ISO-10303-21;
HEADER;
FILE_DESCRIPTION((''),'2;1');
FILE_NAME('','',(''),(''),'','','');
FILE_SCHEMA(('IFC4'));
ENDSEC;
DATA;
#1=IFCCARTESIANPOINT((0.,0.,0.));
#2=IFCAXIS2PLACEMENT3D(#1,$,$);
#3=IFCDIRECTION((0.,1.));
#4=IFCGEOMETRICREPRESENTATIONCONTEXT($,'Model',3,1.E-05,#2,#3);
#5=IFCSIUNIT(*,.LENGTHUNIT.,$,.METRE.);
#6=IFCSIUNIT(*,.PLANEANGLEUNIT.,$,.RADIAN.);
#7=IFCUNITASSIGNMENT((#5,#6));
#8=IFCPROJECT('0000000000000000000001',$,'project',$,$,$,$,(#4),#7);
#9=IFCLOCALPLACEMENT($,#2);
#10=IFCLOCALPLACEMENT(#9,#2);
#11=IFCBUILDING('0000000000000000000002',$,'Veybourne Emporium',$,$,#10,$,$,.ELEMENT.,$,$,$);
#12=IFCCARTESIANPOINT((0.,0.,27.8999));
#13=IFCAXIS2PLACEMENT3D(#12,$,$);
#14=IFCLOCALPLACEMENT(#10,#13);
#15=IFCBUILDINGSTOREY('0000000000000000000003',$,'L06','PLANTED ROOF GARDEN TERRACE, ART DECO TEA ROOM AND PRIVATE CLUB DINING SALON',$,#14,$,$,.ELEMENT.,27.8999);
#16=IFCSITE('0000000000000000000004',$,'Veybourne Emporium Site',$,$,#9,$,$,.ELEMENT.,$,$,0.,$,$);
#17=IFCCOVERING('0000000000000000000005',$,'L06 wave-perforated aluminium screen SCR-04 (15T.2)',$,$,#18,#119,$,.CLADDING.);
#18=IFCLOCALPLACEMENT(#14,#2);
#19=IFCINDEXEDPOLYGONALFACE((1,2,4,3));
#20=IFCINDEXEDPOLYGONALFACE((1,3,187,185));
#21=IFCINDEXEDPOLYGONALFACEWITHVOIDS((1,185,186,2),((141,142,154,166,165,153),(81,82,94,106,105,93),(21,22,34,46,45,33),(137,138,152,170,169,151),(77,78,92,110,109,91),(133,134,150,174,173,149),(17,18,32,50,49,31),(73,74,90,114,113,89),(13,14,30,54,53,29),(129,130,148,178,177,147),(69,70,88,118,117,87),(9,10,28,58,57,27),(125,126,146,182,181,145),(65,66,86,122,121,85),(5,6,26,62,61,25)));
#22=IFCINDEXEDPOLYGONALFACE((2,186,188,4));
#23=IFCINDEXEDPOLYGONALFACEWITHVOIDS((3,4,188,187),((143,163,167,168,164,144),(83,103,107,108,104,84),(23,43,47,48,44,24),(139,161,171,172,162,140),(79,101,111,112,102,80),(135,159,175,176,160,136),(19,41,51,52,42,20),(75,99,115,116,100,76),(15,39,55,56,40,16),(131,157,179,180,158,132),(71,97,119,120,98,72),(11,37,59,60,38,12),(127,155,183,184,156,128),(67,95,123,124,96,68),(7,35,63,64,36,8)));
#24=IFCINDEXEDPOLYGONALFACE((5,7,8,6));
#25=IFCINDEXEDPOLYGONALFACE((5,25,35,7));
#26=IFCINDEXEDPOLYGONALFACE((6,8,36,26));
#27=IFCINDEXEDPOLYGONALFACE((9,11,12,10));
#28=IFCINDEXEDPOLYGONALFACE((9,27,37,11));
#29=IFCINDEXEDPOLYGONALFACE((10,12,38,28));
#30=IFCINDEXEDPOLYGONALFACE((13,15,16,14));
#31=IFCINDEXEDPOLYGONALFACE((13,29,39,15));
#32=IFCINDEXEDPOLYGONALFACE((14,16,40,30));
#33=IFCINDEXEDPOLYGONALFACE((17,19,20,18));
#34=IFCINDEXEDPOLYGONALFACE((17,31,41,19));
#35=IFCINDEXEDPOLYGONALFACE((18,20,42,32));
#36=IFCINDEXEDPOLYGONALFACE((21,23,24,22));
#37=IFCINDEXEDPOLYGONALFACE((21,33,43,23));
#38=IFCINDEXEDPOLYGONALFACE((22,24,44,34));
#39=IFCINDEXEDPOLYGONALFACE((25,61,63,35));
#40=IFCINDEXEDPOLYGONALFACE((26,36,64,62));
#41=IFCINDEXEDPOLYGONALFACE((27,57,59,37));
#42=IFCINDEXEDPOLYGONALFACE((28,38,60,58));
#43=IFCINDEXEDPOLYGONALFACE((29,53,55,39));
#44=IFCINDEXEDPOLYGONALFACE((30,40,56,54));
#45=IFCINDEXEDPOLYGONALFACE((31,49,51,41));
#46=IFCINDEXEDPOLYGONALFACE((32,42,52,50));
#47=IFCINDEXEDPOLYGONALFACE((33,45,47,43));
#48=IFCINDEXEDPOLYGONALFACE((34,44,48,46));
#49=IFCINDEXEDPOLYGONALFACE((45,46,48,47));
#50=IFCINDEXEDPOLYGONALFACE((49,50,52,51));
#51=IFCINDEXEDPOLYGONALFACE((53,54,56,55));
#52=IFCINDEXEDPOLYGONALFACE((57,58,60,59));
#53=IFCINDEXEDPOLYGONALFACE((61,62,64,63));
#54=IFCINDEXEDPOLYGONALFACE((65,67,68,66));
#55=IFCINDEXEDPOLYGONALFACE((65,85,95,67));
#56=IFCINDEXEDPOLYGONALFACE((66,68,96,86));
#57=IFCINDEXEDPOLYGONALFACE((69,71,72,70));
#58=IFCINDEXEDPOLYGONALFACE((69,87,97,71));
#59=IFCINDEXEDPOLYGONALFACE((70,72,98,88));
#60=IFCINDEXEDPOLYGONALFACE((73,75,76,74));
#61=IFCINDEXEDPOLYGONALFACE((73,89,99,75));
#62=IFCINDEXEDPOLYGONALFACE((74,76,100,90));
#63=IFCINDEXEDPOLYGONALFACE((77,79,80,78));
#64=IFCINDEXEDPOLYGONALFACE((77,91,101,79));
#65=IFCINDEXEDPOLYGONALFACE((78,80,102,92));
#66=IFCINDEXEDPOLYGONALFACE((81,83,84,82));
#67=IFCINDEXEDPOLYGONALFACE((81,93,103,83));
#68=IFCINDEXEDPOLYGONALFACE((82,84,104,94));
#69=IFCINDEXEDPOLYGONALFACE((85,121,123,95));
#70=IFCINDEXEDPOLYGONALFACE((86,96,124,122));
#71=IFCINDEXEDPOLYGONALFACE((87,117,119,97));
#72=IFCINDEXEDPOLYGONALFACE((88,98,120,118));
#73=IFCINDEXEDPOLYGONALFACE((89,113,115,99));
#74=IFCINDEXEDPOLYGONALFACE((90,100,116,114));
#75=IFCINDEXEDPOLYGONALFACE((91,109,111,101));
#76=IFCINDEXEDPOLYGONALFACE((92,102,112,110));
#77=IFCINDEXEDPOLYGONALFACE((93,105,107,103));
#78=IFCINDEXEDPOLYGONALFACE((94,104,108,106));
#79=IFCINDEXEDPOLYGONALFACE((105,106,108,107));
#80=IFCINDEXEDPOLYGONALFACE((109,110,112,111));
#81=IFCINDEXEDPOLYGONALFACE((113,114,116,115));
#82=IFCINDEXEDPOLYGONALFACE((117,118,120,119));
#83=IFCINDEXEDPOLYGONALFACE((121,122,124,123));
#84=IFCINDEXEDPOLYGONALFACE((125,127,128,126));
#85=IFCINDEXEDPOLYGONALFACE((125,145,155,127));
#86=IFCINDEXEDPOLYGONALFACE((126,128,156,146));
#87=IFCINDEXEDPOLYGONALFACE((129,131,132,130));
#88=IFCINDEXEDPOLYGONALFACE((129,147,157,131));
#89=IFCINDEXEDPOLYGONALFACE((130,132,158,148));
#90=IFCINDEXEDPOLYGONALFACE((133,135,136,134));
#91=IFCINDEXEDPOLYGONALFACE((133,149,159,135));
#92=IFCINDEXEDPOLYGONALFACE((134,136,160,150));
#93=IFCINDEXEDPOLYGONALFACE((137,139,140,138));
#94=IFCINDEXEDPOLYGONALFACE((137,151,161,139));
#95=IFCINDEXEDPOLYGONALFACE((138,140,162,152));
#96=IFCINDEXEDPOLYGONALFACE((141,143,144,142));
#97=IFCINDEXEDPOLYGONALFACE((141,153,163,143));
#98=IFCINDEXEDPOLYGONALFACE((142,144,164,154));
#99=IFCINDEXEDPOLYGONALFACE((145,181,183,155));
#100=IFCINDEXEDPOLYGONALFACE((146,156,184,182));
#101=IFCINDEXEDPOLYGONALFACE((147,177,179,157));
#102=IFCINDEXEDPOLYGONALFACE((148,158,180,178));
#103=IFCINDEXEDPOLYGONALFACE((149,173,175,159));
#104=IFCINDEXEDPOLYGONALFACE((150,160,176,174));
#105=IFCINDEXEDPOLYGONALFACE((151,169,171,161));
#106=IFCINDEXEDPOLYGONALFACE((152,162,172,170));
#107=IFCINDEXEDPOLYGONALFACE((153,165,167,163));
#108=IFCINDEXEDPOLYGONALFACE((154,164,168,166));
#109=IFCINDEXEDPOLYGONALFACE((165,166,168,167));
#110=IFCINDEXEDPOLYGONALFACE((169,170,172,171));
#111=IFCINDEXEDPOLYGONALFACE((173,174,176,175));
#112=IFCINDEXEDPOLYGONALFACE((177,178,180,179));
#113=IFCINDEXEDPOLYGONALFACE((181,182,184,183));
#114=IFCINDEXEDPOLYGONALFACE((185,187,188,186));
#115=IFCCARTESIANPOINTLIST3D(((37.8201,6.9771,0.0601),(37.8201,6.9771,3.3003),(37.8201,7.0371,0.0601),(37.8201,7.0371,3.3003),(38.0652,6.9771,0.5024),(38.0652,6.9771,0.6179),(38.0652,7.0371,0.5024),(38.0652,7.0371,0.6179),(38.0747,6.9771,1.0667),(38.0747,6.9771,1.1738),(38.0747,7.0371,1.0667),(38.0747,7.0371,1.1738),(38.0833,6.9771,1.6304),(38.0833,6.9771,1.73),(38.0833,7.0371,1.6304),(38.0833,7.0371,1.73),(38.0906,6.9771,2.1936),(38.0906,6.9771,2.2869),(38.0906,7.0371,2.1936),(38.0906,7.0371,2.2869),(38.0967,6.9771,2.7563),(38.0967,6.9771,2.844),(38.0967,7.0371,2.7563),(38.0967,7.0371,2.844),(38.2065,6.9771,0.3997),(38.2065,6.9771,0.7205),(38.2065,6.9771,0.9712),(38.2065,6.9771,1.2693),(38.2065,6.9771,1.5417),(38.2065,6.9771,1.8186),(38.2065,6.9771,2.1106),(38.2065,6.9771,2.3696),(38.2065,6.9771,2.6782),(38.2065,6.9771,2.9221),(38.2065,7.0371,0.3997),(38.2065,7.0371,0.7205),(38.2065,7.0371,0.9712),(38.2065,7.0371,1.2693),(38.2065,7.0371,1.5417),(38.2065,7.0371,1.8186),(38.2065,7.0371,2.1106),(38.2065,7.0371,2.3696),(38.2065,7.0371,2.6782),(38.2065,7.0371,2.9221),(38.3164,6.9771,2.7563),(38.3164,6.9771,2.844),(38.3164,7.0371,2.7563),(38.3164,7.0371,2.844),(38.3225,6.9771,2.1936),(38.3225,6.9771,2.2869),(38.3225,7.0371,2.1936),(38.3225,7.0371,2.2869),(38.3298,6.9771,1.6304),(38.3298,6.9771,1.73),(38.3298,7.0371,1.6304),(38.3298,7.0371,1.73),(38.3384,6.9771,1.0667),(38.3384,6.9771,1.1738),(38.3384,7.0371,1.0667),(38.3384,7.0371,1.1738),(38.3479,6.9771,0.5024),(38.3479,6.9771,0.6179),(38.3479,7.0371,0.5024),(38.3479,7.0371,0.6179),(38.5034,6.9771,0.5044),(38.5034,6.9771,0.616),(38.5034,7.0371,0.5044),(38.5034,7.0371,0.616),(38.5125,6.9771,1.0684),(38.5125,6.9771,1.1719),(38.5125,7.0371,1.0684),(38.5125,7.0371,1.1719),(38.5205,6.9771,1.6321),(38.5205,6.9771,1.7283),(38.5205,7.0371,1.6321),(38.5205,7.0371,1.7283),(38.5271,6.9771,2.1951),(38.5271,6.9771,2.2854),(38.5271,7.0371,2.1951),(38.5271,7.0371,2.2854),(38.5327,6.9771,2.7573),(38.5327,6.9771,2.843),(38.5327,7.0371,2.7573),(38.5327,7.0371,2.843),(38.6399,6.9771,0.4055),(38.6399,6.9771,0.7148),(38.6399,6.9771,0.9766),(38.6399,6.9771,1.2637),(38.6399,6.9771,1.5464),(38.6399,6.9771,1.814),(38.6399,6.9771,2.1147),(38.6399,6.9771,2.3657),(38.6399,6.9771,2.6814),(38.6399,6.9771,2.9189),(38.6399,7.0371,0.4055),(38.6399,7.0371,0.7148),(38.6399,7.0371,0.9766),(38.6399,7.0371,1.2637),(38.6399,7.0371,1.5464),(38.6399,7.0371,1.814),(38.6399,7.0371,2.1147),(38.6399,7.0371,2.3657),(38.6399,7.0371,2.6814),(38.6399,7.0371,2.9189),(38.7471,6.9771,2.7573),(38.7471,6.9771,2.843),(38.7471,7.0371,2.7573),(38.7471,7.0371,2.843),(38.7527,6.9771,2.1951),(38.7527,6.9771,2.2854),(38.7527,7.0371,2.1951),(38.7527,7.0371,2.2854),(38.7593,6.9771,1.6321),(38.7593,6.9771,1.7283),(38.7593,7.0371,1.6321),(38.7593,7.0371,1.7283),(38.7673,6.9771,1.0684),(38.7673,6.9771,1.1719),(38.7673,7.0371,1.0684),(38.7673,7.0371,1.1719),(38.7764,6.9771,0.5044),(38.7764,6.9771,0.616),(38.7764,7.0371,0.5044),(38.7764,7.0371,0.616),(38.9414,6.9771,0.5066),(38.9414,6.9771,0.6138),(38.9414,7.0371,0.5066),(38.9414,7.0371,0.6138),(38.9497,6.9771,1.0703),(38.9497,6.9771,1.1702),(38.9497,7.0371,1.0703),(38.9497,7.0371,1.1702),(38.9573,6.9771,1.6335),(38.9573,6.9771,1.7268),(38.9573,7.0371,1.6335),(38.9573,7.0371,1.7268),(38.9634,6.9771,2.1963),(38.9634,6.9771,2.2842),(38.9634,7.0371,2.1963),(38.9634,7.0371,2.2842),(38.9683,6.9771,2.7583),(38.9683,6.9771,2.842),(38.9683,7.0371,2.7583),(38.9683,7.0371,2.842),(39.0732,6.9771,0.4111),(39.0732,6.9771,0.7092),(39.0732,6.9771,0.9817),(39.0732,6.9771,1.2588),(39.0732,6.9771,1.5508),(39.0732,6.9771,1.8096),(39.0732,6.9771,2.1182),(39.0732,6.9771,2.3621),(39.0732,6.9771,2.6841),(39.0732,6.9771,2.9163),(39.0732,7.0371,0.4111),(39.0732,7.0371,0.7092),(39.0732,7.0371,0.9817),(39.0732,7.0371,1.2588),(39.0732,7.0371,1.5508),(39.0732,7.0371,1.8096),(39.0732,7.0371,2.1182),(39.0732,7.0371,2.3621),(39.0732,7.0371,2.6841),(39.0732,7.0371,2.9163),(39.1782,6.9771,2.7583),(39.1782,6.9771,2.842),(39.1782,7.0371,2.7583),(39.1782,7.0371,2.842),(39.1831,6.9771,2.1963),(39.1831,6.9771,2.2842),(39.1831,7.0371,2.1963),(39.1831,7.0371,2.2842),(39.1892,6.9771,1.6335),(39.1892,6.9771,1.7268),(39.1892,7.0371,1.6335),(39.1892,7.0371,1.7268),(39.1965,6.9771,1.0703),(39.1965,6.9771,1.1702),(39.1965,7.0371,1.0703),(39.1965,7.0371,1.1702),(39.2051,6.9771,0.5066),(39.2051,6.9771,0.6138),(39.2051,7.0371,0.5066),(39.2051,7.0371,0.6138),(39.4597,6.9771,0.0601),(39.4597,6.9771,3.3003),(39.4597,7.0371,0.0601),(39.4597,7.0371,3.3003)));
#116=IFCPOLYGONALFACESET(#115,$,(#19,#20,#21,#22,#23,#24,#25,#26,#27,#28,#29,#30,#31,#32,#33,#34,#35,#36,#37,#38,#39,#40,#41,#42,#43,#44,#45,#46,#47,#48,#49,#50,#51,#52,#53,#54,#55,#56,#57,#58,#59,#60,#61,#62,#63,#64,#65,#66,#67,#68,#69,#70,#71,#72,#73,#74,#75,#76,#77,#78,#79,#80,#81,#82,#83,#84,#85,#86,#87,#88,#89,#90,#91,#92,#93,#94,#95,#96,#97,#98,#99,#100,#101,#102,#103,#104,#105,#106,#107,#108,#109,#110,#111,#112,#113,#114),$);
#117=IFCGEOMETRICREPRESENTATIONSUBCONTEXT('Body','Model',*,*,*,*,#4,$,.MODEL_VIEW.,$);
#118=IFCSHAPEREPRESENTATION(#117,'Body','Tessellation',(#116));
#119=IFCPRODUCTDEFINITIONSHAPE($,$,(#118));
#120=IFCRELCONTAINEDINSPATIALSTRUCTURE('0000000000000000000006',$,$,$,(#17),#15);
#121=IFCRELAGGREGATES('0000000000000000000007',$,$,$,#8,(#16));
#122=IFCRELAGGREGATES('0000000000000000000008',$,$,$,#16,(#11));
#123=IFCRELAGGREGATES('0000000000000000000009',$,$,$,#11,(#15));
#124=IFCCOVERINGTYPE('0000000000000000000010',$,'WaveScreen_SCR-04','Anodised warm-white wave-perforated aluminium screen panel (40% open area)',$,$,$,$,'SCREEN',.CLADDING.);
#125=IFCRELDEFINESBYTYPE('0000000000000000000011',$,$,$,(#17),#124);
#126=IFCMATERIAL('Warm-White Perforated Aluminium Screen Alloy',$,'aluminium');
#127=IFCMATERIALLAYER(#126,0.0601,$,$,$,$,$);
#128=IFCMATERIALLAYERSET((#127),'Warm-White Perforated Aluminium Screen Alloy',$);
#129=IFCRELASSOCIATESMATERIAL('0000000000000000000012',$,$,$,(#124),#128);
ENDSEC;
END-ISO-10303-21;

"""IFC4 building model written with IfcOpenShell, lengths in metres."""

from ifc_helpers import new_model, si_unit, direction, frame, origin, place, context, subcontext, project, spatial, polyline, outline, extrude, material, layer, layer_set, type_object, element, save


model = new_model("IFC4")

# Units and contexts
model_context = context("Model", 3, precision=1e-05, world=origin(), true_north=direction((0.0, 1.0)))
body_context = subcontext(model_context, "Body", "Model", "MODEL_VIEW")
ifc_project = project(units=[si_unit("LENGTHUNIT", "METRE"), si_unit("PLANEANGLEUNIT", "RADIAN")], contexts=[model_context])

# Site, building, storey
site_placement = place(None, origin())
site = spatial("IfcSite", under=ifc_project, at=site_placement, Name="Veybourne Emporium Site", CompositionType="ELEMENT", RefElevation=0.0)
building_placement = place(site_placement, origin())
building = spatial("IfcBuilding", under=site, at=building_placement, Name="Veybourne Emporium", CompositionType="ELEMENT")
storey_placement = place(building_placement, frame((0.0, 0.0, 27.8999)))
storey = spatial("IfcBuildingStorey", under=building, at=storey_placement, Name="L06", Description="PLANTED ROOF GARDEN TERRACE, ART DECO TEA ROOM AND PRIVATE CLUB DINING SALON", CompositionType="ELEMENT", Elevation=27.8999)

# Covering
ifc_material_1 = material(Name="Warm-White Perforated Aluminium Screen Alloy", Category="aluminium")
ifc_layer_1 = layer(ifc_material_1, 0.0601)
ifc_layer_set_1 = layer_set([ifc_layer_1], Name="Warm-White Perforated Aluminium Screen Alloy")
covering_type_1 = type_object("IfcCoveringType", Name="WaveScreen_SCR-04", Description="Anodised warm-white wave-perforated aluminium screen panel (40% open area)", ElementType="SCREEN", PredefinedType="CLADDING", material=ifc_layer_set_1)
covering_1_placement = place(storey_placement, frame((38.6399, 6.9771, 1.6802), z_axis=(0.0, 1.0, 0.0), x_axis=(-1.0, 0.0, 0.0)))
element("IfcCovering", 1, at=covering_1_placement, inside=storey, type_object=covering_type_1, Name="L06 wave-perforated aluminium screen SCR-04 (15T.2)", PredefinedType="CLADDING", context=body_context, shape_type="SweptSolid", body=[
    extrude(outline(polyline([(-0.8198, -1.6201), (0.8198, -1.6201), (0.8198, 1.6201), (-0.8198, 1.6201), (-0.8198, -1.6201)]), holes=[polyline([(-0.4333, -0.9709), (-0.3015, -1.0664), (-0.3015, -1.1736), (-0.4333, -1.269), (-0.5652, -1.1736), (-0.5652, -1.0664), (-0.4333, -0.9709)]), polyline([(-0.4333, -0.4214), (-0.3098, -0.51), (-0.3098, -0.6099), (-0.4333, -0.6985), (-0.5566, -0.6099), (-0.5566, -0.51), (-0.4333, -0.4214)]), polyline([(-0.4333, 0.1294), (-0.3174, 0.0466), (-0.3174, -0.0466), (-0.4333, -0.1294), (-0.5493, -0.0466), (-0.5493, 0.0466), (-0.4333, 0.1294)]), polyline([(-0.4333, 0.6819), (-0.3235, 0.604), (-0.3235, 0.5161), (-0.4333, 0.438), (-0.5432, 0.5161), (-0.5432, 0.604), (-0.4333, 0.6819)]), polyline([(-0.4333, 1.2361), (-0.3284, 1.1619), (-0.3284, 1.0781), (-0.4333, 1.0039), (-0.5383, 1.0781), (-0.5383, 1.1619), (-0.4333, 1.2361)]), polyline([(0.0, -0.9653), (0.1365, -1.0642), (0.1365, -1.1758), (0.0, -1.2747), (-0.1365, -1.1758), (-0.1365, -1.0642), (0.0, -0.9653)]), polyline([(0.0, -0.4165), (0.1274, -0.5083), (0.1274, -0.6118), (0.0, -0.7036), (-0.1274, -0.6118), (-0.1274, -0.5083), (0.0, -0.4165)]), polyline([(0.0, 0.1338), (0.1194, 0.0481), (0.1194, -0.0481), (0.0, -0.1338), (-0.1194, -0.0481), (-0.1194, 0.0481), (0.0, 0.1338)]), polyline([(0.0, 0.6855), (0.1128, 0.6052), (0.1128, 0.5149), (0.0, 0.4346), (-0.1128, 0.5149), (-0.1128, 0.6052), (0.0, 0.6855)]), polyline([(0.0, 1.2388), (0.1072, 1.1628), (0.1072, 1.0771), (0.0, 1.0012), (-0.1072, 1.0771), (-0.1072, 1.1628), (0.0, 1.2388)]), polyline([(0.4333, -0.9597), (0.5747, -1.0623), (0.5747, -1.1777), (0.4333, -1.2805), (0.292, -1.1777), (0.292, -1.0623), (0.4333, -0.9597)]), polyline([(0.4333, -0.4109), (0.5652, -0.5063), (0.5652, -0.6135), (0.4333, -0.709), (0.3015, -0.6135), (0.3015, -0.5063), (0.4333, -0.4109)]), polyline([(0.4333, 0.1384), (0.5566, 0.0498), (0.5566, -0.0498), (0.4333, -0.1384), (0.3101, -0.0498), (0.3101, 0.0498), (0.4333, 0.1384)]), polyline([(0.4333, 0.6895), (0.5493, 0.6067), (0.5493, 0.5134), (0.4333, 0.4304), (0.3174, 0.5134), (0.3174, 0.6067), (0.4333, 0.6895)]), polyline([(0.4333, 1.2419), (0.5432, 1.1638), (0.5432, 1.0762), (0.4333, 0.998), (0.3235, 1.0762), (0.3235, 1.1638), (0.4333, 1.2419)])]), origin(), (0.0, 0.0, 1.0), 0.0601),
])

save(model, "model.ifc")
